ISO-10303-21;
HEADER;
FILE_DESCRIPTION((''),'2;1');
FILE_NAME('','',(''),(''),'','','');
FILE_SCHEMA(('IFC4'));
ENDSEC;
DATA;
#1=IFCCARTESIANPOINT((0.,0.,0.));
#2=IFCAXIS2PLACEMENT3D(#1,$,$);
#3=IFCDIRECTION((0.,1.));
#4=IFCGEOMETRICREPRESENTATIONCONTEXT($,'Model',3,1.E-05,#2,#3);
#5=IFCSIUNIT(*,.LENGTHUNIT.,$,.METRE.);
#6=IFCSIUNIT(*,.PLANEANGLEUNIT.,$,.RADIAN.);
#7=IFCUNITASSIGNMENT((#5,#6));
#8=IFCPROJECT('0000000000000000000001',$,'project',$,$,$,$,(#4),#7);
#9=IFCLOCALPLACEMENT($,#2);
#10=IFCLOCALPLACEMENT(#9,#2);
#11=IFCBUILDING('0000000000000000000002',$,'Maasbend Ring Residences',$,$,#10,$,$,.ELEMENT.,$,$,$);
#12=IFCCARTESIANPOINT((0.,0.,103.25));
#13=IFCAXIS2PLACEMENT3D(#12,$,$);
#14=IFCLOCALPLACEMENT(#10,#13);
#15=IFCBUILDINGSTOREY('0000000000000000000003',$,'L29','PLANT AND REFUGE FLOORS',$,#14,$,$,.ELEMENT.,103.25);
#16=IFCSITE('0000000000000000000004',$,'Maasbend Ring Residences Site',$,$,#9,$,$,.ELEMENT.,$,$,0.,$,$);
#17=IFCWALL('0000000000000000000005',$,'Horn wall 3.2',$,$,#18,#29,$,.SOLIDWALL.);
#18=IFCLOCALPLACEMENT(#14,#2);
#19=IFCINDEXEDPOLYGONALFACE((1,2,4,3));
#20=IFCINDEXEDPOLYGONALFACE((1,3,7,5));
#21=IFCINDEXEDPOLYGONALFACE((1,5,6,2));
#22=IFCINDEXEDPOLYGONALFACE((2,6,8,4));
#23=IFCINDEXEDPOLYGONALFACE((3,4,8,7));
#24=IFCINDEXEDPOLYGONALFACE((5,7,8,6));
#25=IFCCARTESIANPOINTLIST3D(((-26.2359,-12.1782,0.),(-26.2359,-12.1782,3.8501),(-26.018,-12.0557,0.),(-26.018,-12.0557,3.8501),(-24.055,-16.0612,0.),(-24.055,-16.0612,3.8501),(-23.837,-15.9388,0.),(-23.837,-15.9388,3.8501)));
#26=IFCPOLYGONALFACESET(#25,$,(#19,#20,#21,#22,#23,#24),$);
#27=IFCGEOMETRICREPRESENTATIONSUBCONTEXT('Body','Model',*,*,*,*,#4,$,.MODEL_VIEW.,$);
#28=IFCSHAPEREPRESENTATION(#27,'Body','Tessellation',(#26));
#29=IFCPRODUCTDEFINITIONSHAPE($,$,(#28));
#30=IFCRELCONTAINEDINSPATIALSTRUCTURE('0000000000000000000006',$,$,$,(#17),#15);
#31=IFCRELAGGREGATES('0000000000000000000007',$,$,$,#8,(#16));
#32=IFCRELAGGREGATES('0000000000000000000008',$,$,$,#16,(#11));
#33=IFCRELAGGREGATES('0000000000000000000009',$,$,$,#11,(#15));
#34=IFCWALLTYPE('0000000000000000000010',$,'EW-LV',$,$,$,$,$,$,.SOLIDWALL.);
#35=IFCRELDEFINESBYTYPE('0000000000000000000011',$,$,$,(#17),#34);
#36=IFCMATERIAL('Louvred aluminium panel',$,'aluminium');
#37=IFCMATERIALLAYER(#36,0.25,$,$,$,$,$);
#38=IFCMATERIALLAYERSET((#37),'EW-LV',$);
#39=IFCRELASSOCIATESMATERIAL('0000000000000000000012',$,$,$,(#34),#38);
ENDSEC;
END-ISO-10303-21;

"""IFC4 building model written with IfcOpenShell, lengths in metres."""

from ifc_helpers import new_model, si_unit, direction, frame, frame_2d, origin, place, context, subcontext, project, spatial, rectangle, extrude, material, layer, layer_set, type_object, element, save


model = new_model("IFC4")

# Units and contexts
model_context = context("Model", 3, precision=1e-05, world=origin(), true_north=direction((0.0, 1.0)))
body_context = subcontext(model_context, "Body", "Model", "MODEL_VIEW")
ifc_project = project(units=[si_unit("LENGTHUNIT", "METRE"), si_unit("PLANEANGLEUNIT", "RADIAN")], contexts=[model_context])

# Site, building, storey
site_placement = place(None, origin())
site = spatial("IfcSite", under=ifc_project, at=site_placement, Name="Maasbend Ring Residences Site", CompositionType="ELEMENT", RefElevation=0.0)
building_placement = place(site_placement, origin())
building = spatial("IfcBuilding", under=site, at=building_placement, Name="Maasbend Ring Residences", CompositionType="ELEMENT")
storey_placement = place(building_placement, frame((0.0, 0.0, 103.25)))
storey = spatial("IfcBuildingStorey", under=building, at=storey_placement, Name="L29", Description="PLANT AND REFUGE FLOORS", CompositionType="ELEMENT", Elevation=103.25)

# Wall
ifc_material_1 = material(Name="Louvred aluminium panel", Category="aluminium")
ifc_layer_1 = layer(ifc_material_1, 0.25)
ifc_layer_set_1 = layer_set([ifc_layer_1], Name="EW-LV")
wall_type_1 = type_object("IfcWallType", Name="EW-LV", PredefinedType="SOLIDWALL", material=ifc_layer_set_1)
wall_1_placement = place(storey_placement, frame((-26.127, -12.1169, 0.0), z_axis=(0.0, 0.0, 1.0), x_axis=(0.489696, -0.871893, 0.0)))
element("IfcWall", 1, at=wall_1_placement, inside=storey, type_object=wall_type_1, Name="Horn wall 3.2", PredefinedType="SOLIDWALL", context=body_context, shape_type="SweptSolid", body=[
    extrude(rectangle(XDim=4.4536, YDim=0.25, at=frame_2d((2.2268, 0.0))), origin(), (0.0, 0.0, 1.0), 3.8501),
])

save(model, "model.ifc")
